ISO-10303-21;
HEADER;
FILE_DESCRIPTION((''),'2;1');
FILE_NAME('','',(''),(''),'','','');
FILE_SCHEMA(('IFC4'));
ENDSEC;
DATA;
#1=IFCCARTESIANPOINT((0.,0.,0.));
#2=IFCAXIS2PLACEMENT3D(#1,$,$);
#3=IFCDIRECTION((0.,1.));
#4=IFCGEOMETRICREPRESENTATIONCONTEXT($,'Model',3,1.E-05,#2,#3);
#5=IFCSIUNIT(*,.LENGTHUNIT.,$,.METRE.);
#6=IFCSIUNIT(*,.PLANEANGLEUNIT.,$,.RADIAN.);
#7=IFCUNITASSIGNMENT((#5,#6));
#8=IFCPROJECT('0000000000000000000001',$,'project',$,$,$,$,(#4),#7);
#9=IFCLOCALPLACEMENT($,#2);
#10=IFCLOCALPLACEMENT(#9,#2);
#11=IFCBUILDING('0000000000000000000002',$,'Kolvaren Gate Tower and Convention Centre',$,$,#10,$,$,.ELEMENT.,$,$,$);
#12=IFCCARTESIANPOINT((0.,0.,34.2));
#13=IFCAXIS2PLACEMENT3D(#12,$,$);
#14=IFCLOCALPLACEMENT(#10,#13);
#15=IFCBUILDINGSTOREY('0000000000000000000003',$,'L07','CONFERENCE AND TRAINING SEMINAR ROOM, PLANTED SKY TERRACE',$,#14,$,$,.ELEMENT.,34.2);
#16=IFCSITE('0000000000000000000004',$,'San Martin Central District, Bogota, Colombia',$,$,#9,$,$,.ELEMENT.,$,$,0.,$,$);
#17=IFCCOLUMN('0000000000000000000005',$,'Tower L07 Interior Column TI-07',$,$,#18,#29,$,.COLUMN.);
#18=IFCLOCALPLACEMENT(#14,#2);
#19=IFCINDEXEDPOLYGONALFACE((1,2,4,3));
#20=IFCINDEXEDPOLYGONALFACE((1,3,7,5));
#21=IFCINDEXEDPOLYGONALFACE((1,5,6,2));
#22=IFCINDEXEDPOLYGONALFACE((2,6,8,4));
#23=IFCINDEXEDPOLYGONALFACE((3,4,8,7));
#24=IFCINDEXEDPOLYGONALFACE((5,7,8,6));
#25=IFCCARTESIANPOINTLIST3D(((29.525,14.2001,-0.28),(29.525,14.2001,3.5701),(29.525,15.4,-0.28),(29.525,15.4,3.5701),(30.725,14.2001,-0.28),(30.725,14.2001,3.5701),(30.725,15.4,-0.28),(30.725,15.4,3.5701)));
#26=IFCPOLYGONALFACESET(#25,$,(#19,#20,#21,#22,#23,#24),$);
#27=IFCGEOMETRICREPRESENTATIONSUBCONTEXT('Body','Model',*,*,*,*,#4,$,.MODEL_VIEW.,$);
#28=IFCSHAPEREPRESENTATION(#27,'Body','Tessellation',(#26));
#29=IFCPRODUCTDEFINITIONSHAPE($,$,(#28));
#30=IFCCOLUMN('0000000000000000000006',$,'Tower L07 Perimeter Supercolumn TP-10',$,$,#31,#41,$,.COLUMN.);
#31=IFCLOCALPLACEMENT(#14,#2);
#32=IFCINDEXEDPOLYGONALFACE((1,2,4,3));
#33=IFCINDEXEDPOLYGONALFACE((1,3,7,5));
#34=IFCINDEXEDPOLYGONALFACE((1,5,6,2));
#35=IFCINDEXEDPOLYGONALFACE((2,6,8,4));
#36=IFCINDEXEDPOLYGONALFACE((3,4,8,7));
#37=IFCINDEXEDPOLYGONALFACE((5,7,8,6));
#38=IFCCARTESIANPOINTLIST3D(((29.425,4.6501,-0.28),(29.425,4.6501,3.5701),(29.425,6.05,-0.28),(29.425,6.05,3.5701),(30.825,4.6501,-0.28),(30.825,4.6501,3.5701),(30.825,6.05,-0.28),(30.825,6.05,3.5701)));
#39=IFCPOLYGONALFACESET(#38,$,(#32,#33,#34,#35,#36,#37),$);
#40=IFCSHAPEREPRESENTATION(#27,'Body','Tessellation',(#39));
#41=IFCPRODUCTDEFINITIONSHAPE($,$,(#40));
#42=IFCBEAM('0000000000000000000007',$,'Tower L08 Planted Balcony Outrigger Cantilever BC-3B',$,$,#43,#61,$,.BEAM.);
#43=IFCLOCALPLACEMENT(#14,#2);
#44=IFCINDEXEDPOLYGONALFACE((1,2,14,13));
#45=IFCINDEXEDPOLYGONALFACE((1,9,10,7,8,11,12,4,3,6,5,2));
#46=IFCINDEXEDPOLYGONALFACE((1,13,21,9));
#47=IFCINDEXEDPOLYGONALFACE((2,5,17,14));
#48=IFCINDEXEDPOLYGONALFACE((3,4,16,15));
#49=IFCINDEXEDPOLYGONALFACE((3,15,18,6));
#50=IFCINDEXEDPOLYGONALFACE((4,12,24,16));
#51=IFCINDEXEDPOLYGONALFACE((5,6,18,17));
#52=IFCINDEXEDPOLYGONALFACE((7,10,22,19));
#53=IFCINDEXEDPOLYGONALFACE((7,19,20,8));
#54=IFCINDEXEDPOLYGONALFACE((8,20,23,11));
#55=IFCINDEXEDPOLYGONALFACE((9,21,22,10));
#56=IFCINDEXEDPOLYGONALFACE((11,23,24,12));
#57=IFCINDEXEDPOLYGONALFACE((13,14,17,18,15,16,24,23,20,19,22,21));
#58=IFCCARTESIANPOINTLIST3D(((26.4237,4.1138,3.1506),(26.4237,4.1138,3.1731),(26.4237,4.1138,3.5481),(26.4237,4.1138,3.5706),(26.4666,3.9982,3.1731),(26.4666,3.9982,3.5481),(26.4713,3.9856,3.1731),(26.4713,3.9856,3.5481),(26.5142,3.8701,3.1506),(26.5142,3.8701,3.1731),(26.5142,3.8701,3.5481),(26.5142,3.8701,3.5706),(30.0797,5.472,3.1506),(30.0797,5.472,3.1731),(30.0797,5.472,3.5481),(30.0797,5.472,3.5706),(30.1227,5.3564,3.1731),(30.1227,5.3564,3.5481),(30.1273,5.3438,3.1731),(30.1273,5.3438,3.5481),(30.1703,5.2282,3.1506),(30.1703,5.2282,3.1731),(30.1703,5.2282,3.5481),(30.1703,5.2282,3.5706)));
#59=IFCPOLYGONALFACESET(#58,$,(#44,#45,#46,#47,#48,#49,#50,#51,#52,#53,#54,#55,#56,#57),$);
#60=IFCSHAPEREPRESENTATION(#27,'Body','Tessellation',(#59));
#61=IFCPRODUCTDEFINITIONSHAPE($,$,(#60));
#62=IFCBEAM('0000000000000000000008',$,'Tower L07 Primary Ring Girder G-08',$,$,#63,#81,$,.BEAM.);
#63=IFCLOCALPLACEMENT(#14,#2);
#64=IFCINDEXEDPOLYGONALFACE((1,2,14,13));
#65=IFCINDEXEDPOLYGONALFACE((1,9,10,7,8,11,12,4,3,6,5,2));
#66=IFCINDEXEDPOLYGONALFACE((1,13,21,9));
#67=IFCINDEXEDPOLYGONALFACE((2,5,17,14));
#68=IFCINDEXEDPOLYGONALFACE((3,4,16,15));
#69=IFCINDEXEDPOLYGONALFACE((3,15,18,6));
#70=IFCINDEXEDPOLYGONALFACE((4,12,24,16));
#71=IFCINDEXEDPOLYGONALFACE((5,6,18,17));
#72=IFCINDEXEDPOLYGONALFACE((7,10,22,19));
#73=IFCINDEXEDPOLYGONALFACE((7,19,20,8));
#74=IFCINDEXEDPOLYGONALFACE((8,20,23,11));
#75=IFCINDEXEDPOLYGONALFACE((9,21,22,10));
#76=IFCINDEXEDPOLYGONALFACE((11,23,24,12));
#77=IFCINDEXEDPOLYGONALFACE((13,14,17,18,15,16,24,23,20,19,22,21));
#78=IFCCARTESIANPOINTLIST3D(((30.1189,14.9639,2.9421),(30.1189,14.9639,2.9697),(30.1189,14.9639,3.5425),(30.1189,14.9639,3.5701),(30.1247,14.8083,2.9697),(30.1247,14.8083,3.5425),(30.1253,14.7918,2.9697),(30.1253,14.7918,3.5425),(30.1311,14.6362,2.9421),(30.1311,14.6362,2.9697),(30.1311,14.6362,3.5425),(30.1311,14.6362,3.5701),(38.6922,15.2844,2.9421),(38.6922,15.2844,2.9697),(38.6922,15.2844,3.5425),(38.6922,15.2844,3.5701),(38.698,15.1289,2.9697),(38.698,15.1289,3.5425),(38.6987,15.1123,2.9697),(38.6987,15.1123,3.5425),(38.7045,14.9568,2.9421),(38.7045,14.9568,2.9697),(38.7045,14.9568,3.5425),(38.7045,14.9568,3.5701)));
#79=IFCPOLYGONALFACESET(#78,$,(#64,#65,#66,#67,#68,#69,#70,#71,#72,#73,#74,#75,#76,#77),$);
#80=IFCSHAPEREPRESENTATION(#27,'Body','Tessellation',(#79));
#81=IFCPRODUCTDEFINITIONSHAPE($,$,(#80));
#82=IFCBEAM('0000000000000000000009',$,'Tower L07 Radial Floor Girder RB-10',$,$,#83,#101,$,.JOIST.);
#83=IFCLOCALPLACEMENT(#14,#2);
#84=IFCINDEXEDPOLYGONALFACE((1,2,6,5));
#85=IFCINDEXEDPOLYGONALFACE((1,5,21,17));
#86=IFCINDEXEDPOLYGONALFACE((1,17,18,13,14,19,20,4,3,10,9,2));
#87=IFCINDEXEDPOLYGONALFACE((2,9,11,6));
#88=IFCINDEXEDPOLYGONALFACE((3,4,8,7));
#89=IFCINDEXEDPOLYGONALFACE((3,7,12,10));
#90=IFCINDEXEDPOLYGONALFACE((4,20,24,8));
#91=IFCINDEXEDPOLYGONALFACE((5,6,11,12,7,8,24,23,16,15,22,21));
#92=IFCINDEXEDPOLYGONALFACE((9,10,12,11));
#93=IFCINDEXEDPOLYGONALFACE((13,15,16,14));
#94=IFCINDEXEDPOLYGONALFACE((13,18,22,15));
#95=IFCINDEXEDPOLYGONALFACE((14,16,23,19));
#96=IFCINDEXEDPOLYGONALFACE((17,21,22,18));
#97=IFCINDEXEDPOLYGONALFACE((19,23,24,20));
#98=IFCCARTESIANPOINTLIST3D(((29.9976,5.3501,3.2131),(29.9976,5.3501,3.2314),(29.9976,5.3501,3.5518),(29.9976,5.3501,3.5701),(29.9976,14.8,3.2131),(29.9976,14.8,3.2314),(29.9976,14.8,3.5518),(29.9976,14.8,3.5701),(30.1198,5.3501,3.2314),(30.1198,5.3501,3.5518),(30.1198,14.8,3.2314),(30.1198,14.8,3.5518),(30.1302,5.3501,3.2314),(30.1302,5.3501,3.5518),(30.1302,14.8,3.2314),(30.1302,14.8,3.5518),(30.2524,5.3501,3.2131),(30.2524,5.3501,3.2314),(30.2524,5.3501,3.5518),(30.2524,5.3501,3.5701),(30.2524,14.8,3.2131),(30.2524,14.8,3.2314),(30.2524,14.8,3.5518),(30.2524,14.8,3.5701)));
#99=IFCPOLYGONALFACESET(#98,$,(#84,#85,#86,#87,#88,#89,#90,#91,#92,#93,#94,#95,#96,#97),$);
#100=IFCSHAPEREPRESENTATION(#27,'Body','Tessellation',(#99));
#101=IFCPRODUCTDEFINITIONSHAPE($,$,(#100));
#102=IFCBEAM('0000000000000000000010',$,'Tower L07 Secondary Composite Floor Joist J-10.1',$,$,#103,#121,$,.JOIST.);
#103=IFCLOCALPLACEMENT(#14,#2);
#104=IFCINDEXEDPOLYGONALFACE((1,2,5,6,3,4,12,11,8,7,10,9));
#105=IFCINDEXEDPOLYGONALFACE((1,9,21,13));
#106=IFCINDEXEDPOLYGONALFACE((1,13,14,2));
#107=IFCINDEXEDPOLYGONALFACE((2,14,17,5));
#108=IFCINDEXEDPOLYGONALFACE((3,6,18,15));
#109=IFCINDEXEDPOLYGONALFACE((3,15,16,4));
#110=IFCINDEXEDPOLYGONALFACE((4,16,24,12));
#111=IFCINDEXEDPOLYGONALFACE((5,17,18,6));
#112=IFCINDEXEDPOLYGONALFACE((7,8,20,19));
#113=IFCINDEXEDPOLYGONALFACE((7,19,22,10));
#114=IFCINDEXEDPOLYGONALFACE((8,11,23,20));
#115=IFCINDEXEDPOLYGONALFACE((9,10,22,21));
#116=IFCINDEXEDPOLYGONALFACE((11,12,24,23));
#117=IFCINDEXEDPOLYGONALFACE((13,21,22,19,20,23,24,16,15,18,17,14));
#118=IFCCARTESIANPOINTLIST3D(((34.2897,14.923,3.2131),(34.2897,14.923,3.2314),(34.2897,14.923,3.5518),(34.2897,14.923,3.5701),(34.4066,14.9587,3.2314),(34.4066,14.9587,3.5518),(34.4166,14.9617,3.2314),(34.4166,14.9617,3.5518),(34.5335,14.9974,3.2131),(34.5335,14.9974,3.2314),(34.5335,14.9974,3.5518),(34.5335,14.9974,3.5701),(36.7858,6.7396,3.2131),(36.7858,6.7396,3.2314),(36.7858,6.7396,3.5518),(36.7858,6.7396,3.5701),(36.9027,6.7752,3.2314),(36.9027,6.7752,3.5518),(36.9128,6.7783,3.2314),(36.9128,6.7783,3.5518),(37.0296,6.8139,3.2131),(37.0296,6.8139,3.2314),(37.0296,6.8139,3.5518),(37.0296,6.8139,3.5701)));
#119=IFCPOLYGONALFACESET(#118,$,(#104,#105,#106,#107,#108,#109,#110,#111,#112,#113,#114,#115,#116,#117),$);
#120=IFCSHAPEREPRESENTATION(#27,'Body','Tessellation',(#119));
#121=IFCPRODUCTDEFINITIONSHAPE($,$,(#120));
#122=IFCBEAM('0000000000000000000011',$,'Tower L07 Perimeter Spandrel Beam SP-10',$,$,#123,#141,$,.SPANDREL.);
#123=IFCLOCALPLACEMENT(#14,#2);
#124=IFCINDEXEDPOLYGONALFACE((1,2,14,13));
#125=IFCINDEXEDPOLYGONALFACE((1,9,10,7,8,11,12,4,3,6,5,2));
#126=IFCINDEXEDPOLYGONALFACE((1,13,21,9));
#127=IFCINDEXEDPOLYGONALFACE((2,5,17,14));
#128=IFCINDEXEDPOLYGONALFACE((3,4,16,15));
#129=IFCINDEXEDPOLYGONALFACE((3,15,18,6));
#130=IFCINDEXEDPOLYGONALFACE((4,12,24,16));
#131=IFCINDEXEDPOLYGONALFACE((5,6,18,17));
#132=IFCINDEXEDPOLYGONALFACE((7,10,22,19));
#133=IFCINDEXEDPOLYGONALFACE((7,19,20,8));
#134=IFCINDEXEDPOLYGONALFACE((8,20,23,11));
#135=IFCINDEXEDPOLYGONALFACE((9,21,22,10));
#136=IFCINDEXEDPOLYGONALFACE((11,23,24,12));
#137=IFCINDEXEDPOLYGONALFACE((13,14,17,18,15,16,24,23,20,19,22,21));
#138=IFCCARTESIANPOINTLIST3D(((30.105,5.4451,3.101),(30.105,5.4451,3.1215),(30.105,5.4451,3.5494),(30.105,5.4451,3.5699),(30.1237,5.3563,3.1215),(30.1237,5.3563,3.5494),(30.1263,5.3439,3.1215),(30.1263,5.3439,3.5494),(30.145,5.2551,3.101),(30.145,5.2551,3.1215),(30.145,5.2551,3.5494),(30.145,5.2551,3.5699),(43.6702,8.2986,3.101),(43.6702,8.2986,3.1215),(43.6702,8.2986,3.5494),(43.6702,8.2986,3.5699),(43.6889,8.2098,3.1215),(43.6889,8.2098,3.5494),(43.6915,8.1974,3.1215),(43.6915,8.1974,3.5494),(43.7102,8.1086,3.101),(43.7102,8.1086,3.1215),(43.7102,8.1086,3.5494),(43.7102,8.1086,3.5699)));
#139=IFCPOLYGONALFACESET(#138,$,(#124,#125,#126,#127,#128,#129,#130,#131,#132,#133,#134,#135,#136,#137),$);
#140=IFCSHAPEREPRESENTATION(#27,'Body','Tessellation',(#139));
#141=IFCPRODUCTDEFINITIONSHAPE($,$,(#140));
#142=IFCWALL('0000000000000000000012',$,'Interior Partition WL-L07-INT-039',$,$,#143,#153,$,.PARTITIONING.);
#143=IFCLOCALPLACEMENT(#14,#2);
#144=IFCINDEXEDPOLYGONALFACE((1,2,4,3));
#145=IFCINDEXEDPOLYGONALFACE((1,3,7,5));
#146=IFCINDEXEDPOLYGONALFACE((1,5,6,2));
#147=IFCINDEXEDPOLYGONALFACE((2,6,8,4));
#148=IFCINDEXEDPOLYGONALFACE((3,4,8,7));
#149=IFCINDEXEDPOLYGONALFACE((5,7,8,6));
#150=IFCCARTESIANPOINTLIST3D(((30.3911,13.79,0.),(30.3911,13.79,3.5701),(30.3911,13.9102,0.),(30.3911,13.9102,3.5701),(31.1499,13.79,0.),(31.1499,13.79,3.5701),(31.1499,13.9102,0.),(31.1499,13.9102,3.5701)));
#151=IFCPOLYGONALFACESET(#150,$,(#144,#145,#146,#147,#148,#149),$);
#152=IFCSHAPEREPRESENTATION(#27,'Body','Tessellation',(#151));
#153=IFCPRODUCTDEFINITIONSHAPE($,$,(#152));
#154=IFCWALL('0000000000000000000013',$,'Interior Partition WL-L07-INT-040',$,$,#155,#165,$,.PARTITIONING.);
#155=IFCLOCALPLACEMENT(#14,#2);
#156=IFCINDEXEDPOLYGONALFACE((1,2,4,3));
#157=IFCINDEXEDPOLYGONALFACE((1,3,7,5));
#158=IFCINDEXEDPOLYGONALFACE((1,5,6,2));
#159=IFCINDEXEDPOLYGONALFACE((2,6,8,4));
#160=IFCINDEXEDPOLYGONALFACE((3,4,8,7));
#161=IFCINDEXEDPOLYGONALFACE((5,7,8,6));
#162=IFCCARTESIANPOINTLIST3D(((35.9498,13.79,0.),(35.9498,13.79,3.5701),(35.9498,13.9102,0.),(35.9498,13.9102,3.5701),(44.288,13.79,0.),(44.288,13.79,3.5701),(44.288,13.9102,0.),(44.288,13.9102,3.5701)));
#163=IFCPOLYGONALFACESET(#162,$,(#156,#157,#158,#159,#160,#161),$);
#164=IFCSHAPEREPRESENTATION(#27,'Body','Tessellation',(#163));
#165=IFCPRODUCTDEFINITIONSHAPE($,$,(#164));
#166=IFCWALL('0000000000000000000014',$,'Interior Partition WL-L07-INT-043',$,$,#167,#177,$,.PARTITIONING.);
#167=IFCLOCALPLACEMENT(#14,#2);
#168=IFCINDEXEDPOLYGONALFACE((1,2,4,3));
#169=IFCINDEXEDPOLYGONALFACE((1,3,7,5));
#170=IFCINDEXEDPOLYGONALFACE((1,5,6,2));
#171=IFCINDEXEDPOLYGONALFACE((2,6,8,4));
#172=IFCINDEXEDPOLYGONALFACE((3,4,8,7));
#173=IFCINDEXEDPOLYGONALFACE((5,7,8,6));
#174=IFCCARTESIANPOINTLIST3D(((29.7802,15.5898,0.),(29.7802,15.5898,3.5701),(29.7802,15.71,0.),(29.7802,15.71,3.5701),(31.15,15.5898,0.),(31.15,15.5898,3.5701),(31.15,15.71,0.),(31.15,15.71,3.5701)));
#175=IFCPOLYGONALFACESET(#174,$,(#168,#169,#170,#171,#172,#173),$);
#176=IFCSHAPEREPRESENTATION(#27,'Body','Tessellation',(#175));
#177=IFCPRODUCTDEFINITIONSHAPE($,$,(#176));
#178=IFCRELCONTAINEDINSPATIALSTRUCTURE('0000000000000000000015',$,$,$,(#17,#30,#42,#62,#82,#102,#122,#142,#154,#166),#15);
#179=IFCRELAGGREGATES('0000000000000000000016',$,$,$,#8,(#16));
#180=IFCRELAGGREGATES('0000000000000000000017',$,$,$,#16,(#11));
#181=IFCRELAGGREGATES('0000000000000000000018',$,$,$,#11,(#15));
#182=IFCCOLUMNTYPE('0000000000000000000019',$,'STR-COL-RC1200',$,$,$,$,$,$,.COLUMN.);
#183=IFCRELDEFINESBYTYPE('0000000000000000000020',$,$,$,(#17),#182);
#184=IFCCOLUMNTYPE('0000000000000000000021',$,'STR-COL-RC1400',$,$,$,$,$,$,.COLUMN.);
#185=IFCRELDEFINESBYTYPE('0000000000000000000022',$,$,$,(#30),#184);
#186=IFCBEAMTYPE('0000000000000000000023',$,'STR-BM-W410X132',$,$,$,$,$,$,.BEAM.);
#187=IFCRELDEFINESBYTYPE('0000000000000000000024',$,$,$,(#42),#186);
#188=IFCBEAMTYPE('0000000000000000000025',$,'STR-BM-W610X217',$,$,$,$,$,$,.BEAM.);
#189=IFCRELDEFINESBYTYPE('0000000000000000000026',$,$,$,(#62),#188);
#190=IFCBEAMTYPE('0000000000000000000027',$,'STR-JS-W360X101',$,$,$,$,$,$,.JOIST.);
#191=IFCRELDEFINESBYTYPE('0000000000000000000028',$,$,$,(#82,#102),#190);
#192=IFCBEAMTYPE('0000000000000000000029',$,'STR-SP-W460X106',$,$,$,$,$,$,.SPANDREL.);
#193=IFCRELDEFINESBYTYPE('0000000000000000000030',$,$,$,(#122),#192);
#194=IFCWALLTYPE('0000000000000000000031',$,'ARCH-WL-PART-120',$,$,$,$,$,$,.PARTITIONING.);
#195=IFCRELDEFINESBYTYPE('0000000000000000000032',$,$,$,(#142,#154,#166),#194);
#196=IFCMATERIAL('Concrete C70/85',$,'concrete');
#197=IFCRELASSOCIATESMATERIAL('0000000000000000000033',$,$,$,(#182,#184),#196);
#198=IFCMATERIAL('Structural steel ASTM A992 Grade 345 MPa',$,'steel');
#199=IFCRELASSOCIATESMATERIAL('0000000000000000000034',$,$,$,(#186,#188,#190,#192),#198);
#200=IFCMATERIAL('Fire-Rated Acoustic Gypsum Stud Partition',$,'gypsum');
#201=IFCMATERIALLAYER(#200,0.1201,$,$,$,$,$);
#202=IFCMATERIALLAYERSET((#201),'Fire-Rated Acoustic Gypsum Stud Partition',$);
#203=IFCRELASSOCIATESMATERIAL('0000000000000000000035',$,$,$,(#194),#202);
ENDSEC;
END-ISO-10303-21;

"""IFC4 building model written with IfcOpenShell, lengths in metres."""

from ifc_helpers import new_model, si_unit, direction, frame, frame_2d, origin, origin_2d, place, context, subcontext, project, spatial, rectangle, i_section, extrude, material, layer, layer_set, material_profile, profile_set, type_object, element, save


model = new_model("IFC4")

# Units and contexts
model_context = context("Model", 3, precision=1e-05, world=origin(), true_north=direction((0.0, 1.0)))
body_context = subcontext(model_context, "Body", "Model", "MODEL_VIEW")
ifc_project = project(units=[si_unit("LENGTHUNIT", "METRE"), si_unit("PLANEANGLEUNIT", "RADIAN")], contexts=[model_context])

# Site, building, storey
site_placement = place(None, origin())
site = spatial("IfcSite", under=ifc_project, at=site_placement, Name="San Martin Central District, Bogota, Colombia", CompositionType="ELEMENT", RefElevation=0.0)
building_placement = place(site_placement, origin())
building = spatial("IfcBuilding", under=site, at=building_placement, Name="Kolvaren Gate Tower and Convention Centre", CompositionType="ELEMENT")
storey_placement = place(building_placement, frame((0.0, 0.0, 34.2)))
storey = spatial("IfcBuildingStorey", under=building, at=storey_placement, Name="L07", Description="CONFERENCE AND TRAINING SEMINAR ROOM, PLANTED SKY TERRACE", CompositionType="ELEMENT", Elevation=34.2)

# Columns
ifc_material_1 = material(Name="Concrete C70/85", Category="concrete")
ifc_material_profile_1 = material_profile(ifc_material_1, rectangle(XDim=1.2, YDim=1.2, at=origin_2d()), Name="RC-COL-1200X1200")
ifc_profile_set_1 = profile_set([ifc_material_profile_1], Name="Concrete C70/85")
column_type_1 = type_object("IfcColumnType", Name="STR-COL-RC1200", PredefinedType="COLUMN", material=ifc_profile_set_1)
column_1_placement = place(storey_placement, frame((30.125, 14.8, -0.28), z_axis=(0.0, 0.0, 1.0), x_axis=(1.0, 0.0, 0.0)))
element("IfcColumn", 1, at=column_1_placement, inside=storey, type_object=column_type_1, Name="Tower L07 Interior Column TI-07", PredefinedType="COLUMN", context=body_context, shape_type="SweptSolid", body=[
    extrude(rectangle(XDim=1.2, YDim=1.2, at=origin_2d()), origin(), (0.0, 0.0, 1.0), 3.8501),
])
ifc_material_profile_2 = material_profile(ifc_material_1, rectangle(XDim=1.3999, YDim=1.3999, at=origin_2d()), Name="RC-COL-1400X1400")
ifc_profile_set_2 = profile_set([ifc_material_profile_2], Name="Concrete C70/85")
column_type_2 = type_object("IfcColumnType", Name="STR-COL-RC1400", PredefinedType="COLUMN", material=ifc_profile_set_2)
column_2_placement = place(storey_placement, frame((30.125, 5.3501, -0.28), z_axis=(0.0, 0.0, 1.0), x_axis=(1.0, 0.0, 0.0)))
element("IfcColumn", 2, at=column_2_placement, inside=storey, type_object=column_type_2, Name="Tower L07 Perimeter Supercolumn TP-10", PredefinedType="COLUMN", context=body_context, shape_type="SweptSolid", body=[
    extrude(rectangle(XDim=1.3999, YDim=1.3999, at=origin_2d()), origin(), (0.0, 0.0, 1.0), 3.8501),
])

# Beams
ifc_material_2 = material(Name="Structural steel ASTM A992 Grade 345 MPa", Category="steel")
ifc_material_profile_3 = material_profile(ifc_material_2, i_section(OverallWidth=0.26, OverallDepth=0.4199, WebThickness=0.0134, FlangeThickness=0.0225, at=origin_2d()), Name="W410X132")
ifc_profile_set_3 = profile_set([ifc_material_profile_3], Name="Structural steel ASTM A992 Grade 345 MPa")
beam_type_1 = type_object("IfcBeamType", Name="STR-BM-W410X132", PredefinedType="BEAM", material=ifc_profile_set_3)
beam_1_placement = place(storey_placement, frame((30.125, 5.3501, 3.3606), z_axis=(-0.937408, -0.348234, 0.0), x_axis=(0.348234, -0.937408, 0.0)))
element("IfcBeam", 3, at=beam_1_placement, inside=storey, type_object=beam_type_1, Name="Tower L08 Planted Balcony Outrigger Cantilever BC-3B", PredefinedType="BEAM", context=body_context, shape_type="SweptSolid", body=[
    extrude(i_section(OverallWidth=0.26, OverallDepth=0.4199, WebThickness=0.0134, FlangeThickness=0.0225, at=origin_2d()), origin(), (0.0, 0.0, 1.0), 3.9001),
])
ifc_material_profile_4 = material_profile(ifc_material_2, i_section(OverallWidth=0.3279, OverallDepth=0.6279, WebThickness=0.0166, FlangeThickness=0.0276, at=origin_2d()), Name="W610X217")
ifc_profile_set_4 = profile_set([ifc_material_profile_4], Name="Structural steel ASTM A992 Grade 345 MPa")
beam_type_2 = type_object("IfcBeamType", Name="STR-BM-W610X217", PredefinedType="BEAM", material=ifc_profile_set_4)
beam_2_placement = place(storey_placement, frame((30.125, 14.8, 3.2561), z_axis=(0.999302, 0.037364, 0.0), x_axis=(-0.037364, 0.999302, 0.0)))
element("IfcBeam", 4, at=beam_2_placement, inside=storey, type_object=beam_type_2, Name="Tower L07 Primary Ring Girder G-08", PredefinedType="BEAM", context=body_context, shape_type="SweptSolid", body=[
    extrude(i_section(OverallWidth=0.3279, OverallDepth=0.6279, WebThickness=0.0166, FlangeThickness=0.0276, at=origin_2d()), origin(), (0.0, 0.0, 1.0), 8.5793),
])
ifc_material_profile_5 = material_profile(ifc_material_2, i_section(OverallWidth=0.2549, OverallDepth=0.3569, WebThickness=0.0105, FlangeThickness=0.0183, at=origin_2d()), Name="W360X101")
ifc_profile_set_5 = profile_set([ifc_material_profile_5], Name="Structural steel ASTM A992 Grade 345 MPa")
beam_type_3 = type_object("IfcBeamType", Name="STR-JS-W360X101", PredefinedType="JOIST", material=ifc_profile_set_5)
beam_3_placement = place(storey_placement, frame((30.125, 14.8, 3.3916), z_axis=(0.0, -1.0, 0.0), x_axis=(1.0, 0.0, 0.0)))
element("IfcBeam", 5, at=beam_3_placement, inside=storey, type_object=beam_type_3, Name="Tower L07 Radial Floor Girder RB-10", PredefinedType="JOIST", context=body_context, shape_type="SweptSolid", body=[
    extrude(i_section(OverallWidth=0.2549, OverallDepth=0.3569, WebThickness=0.0105, FlangeThickness=0.0183, at=origin_2d()), origin(), (0.0, 0.0, 1.0), 9.45),
])
beam_4_placement = place(storey_placement, frame((34.4116, 14.9602, 3.3916), z_axis=(0.291751, -0.956494, 0.0), x_axis=(0.956494, 0.291751, 0.0)))
element("IfcBeam", 6, at=beam_4_placement, inside=storey, type_object=beam_type_3, Name="Tower L07 Secondary Composite Floor Joist J-10.1", PredefinedType="JOIST", context=body_context, shape_type="SweptSolid", body=[
    extrude(i_section(OverallWidth=0.2549, OverallDepth=0.3569, WebThickness=0.0105, FlangeThickness=0.0183, at=origin_2d()), origin(), (0.0, 0.0, 1.0), 8.5557),
])
ifc_material_profile_6 = material_profile(ifc_material_2, i_section(OverallWidth=0.1941, OverallDepth=0.469, WebThickness=0.0127, FlangeThickness=0.0205, at=origin_2d()), Name="W460X106")
ifc_profile_set_6 = profile_set([ifc_material_profile_6], Name="Structural steel ASTM A992 Grade 345 MPa")
beam_type_4 = type_object("IfcBeamType", Name="STR-SP-W460X106", PredefinedType="SPANDREL", material=ifc_profile_set_6)
beam_5_placement = place(storey_placement, frame((30.125, 5.3501, 3.3354), z_axis=(0.978583, 0.205851, 0.0), x_axis=(-0.205851, 0.978583, 0.0)))
element("IfcBeam", 7, at=beam_5_placement, inside=storey, type_object=beam_type_4, Name="Tower L07 Perimeter Spandrel Beam SP-10", PredefinedType="SPANDREL", context=body_context, shape_type="SweptSolid", body=[
    extrude(i_section(OverallWidth=0.1941, OverallDepth=0.469, WebThickness=0.0127, FlangeThickness=0.0205, at=origin_2d()), origin(), (0.0, 0.0, 1.0), 13.8621),
])

# Walls
ifc_material_3 = material(Name="Fire-Rated Acoustic Gypsum Stud Partition", Category="gypsum")
ifc_layer_1 = layer(ifc_material_3, 0.1201)
ifc_layer_set_1 = layer_set([ifc_layer_1], Name="Fire-Rated Acoustic Gypsum Stud Partition")
wall_type_1 = type_object("IfcWallType", Name="ARCH-WL-PART-120", PredefinedType="PARTITIONING", material=ifc_layer_set_1)
wall_1_placement = place(storey_placement, frame((30.3911, 13.8501, 0.0), z_axis=(0.0, 0.0, 1.0), x_axis=(1.0, 0.0, 0.0)))
element("IfcWall", 8, at=wall_1_placement, inside=storey, type_object=wall_type_1, Name="Interior Partition WL-L07-INT-039", PredefinedType="PARTITIONING", context=body_context, shape_type="SweptSolid", body=[
    extrude(rectangle(XDim=0.7588, YDim=0.1201, at=frame_2d((0.3794, 0.0))), origin(), (0.0, 0.0, 1.0), 3.5701),
])
wall_2_placement = place(storey_placement, frame((35.95, 13.8501, 0.0), z_axis=(0.0, 0.0, 1.0), x_axis=(1.0, 0.0, 0.0)))
element("IfcWall", 9, at=wall_2_placement, inside=storey, type_object=wall_type_1, Name="Interior Partition WL-L07-INT-040", PredefinedType="PARTITIONING", context=body_context, shape_type="SweptSolid", body=[
    extrude(rectangle(XDim=8.3381, YDim=0.1201, at=frame_2d((4.1689, 0.0))), origin(), (0.0, 0.0, 1.0), 3.5701),
])
wall_3_placement = place(storey_placement, frame((29.78, 15.6499, 0.0), z_axis=(0.0, 0.0, 1.0), x_axis=(1.0, 0.0, 0.0)))
element("IfcWall", 10, at=wall_3_placement, inside=storey, type_object=wall_type_1, Name="Interior Partition WL-L07-INT-043", PredefinedType="PARTITIONING", context=body_context, shape_type="SweptSolid", body=[
    extrude(rectangle(XDim=1.3699, YDim=0.1201, at=frame_2d((0.6851, 0.0))), origin(), (0.0, 0.0, 1.0), 3.5701),
])

save(model, "model.ifc")
